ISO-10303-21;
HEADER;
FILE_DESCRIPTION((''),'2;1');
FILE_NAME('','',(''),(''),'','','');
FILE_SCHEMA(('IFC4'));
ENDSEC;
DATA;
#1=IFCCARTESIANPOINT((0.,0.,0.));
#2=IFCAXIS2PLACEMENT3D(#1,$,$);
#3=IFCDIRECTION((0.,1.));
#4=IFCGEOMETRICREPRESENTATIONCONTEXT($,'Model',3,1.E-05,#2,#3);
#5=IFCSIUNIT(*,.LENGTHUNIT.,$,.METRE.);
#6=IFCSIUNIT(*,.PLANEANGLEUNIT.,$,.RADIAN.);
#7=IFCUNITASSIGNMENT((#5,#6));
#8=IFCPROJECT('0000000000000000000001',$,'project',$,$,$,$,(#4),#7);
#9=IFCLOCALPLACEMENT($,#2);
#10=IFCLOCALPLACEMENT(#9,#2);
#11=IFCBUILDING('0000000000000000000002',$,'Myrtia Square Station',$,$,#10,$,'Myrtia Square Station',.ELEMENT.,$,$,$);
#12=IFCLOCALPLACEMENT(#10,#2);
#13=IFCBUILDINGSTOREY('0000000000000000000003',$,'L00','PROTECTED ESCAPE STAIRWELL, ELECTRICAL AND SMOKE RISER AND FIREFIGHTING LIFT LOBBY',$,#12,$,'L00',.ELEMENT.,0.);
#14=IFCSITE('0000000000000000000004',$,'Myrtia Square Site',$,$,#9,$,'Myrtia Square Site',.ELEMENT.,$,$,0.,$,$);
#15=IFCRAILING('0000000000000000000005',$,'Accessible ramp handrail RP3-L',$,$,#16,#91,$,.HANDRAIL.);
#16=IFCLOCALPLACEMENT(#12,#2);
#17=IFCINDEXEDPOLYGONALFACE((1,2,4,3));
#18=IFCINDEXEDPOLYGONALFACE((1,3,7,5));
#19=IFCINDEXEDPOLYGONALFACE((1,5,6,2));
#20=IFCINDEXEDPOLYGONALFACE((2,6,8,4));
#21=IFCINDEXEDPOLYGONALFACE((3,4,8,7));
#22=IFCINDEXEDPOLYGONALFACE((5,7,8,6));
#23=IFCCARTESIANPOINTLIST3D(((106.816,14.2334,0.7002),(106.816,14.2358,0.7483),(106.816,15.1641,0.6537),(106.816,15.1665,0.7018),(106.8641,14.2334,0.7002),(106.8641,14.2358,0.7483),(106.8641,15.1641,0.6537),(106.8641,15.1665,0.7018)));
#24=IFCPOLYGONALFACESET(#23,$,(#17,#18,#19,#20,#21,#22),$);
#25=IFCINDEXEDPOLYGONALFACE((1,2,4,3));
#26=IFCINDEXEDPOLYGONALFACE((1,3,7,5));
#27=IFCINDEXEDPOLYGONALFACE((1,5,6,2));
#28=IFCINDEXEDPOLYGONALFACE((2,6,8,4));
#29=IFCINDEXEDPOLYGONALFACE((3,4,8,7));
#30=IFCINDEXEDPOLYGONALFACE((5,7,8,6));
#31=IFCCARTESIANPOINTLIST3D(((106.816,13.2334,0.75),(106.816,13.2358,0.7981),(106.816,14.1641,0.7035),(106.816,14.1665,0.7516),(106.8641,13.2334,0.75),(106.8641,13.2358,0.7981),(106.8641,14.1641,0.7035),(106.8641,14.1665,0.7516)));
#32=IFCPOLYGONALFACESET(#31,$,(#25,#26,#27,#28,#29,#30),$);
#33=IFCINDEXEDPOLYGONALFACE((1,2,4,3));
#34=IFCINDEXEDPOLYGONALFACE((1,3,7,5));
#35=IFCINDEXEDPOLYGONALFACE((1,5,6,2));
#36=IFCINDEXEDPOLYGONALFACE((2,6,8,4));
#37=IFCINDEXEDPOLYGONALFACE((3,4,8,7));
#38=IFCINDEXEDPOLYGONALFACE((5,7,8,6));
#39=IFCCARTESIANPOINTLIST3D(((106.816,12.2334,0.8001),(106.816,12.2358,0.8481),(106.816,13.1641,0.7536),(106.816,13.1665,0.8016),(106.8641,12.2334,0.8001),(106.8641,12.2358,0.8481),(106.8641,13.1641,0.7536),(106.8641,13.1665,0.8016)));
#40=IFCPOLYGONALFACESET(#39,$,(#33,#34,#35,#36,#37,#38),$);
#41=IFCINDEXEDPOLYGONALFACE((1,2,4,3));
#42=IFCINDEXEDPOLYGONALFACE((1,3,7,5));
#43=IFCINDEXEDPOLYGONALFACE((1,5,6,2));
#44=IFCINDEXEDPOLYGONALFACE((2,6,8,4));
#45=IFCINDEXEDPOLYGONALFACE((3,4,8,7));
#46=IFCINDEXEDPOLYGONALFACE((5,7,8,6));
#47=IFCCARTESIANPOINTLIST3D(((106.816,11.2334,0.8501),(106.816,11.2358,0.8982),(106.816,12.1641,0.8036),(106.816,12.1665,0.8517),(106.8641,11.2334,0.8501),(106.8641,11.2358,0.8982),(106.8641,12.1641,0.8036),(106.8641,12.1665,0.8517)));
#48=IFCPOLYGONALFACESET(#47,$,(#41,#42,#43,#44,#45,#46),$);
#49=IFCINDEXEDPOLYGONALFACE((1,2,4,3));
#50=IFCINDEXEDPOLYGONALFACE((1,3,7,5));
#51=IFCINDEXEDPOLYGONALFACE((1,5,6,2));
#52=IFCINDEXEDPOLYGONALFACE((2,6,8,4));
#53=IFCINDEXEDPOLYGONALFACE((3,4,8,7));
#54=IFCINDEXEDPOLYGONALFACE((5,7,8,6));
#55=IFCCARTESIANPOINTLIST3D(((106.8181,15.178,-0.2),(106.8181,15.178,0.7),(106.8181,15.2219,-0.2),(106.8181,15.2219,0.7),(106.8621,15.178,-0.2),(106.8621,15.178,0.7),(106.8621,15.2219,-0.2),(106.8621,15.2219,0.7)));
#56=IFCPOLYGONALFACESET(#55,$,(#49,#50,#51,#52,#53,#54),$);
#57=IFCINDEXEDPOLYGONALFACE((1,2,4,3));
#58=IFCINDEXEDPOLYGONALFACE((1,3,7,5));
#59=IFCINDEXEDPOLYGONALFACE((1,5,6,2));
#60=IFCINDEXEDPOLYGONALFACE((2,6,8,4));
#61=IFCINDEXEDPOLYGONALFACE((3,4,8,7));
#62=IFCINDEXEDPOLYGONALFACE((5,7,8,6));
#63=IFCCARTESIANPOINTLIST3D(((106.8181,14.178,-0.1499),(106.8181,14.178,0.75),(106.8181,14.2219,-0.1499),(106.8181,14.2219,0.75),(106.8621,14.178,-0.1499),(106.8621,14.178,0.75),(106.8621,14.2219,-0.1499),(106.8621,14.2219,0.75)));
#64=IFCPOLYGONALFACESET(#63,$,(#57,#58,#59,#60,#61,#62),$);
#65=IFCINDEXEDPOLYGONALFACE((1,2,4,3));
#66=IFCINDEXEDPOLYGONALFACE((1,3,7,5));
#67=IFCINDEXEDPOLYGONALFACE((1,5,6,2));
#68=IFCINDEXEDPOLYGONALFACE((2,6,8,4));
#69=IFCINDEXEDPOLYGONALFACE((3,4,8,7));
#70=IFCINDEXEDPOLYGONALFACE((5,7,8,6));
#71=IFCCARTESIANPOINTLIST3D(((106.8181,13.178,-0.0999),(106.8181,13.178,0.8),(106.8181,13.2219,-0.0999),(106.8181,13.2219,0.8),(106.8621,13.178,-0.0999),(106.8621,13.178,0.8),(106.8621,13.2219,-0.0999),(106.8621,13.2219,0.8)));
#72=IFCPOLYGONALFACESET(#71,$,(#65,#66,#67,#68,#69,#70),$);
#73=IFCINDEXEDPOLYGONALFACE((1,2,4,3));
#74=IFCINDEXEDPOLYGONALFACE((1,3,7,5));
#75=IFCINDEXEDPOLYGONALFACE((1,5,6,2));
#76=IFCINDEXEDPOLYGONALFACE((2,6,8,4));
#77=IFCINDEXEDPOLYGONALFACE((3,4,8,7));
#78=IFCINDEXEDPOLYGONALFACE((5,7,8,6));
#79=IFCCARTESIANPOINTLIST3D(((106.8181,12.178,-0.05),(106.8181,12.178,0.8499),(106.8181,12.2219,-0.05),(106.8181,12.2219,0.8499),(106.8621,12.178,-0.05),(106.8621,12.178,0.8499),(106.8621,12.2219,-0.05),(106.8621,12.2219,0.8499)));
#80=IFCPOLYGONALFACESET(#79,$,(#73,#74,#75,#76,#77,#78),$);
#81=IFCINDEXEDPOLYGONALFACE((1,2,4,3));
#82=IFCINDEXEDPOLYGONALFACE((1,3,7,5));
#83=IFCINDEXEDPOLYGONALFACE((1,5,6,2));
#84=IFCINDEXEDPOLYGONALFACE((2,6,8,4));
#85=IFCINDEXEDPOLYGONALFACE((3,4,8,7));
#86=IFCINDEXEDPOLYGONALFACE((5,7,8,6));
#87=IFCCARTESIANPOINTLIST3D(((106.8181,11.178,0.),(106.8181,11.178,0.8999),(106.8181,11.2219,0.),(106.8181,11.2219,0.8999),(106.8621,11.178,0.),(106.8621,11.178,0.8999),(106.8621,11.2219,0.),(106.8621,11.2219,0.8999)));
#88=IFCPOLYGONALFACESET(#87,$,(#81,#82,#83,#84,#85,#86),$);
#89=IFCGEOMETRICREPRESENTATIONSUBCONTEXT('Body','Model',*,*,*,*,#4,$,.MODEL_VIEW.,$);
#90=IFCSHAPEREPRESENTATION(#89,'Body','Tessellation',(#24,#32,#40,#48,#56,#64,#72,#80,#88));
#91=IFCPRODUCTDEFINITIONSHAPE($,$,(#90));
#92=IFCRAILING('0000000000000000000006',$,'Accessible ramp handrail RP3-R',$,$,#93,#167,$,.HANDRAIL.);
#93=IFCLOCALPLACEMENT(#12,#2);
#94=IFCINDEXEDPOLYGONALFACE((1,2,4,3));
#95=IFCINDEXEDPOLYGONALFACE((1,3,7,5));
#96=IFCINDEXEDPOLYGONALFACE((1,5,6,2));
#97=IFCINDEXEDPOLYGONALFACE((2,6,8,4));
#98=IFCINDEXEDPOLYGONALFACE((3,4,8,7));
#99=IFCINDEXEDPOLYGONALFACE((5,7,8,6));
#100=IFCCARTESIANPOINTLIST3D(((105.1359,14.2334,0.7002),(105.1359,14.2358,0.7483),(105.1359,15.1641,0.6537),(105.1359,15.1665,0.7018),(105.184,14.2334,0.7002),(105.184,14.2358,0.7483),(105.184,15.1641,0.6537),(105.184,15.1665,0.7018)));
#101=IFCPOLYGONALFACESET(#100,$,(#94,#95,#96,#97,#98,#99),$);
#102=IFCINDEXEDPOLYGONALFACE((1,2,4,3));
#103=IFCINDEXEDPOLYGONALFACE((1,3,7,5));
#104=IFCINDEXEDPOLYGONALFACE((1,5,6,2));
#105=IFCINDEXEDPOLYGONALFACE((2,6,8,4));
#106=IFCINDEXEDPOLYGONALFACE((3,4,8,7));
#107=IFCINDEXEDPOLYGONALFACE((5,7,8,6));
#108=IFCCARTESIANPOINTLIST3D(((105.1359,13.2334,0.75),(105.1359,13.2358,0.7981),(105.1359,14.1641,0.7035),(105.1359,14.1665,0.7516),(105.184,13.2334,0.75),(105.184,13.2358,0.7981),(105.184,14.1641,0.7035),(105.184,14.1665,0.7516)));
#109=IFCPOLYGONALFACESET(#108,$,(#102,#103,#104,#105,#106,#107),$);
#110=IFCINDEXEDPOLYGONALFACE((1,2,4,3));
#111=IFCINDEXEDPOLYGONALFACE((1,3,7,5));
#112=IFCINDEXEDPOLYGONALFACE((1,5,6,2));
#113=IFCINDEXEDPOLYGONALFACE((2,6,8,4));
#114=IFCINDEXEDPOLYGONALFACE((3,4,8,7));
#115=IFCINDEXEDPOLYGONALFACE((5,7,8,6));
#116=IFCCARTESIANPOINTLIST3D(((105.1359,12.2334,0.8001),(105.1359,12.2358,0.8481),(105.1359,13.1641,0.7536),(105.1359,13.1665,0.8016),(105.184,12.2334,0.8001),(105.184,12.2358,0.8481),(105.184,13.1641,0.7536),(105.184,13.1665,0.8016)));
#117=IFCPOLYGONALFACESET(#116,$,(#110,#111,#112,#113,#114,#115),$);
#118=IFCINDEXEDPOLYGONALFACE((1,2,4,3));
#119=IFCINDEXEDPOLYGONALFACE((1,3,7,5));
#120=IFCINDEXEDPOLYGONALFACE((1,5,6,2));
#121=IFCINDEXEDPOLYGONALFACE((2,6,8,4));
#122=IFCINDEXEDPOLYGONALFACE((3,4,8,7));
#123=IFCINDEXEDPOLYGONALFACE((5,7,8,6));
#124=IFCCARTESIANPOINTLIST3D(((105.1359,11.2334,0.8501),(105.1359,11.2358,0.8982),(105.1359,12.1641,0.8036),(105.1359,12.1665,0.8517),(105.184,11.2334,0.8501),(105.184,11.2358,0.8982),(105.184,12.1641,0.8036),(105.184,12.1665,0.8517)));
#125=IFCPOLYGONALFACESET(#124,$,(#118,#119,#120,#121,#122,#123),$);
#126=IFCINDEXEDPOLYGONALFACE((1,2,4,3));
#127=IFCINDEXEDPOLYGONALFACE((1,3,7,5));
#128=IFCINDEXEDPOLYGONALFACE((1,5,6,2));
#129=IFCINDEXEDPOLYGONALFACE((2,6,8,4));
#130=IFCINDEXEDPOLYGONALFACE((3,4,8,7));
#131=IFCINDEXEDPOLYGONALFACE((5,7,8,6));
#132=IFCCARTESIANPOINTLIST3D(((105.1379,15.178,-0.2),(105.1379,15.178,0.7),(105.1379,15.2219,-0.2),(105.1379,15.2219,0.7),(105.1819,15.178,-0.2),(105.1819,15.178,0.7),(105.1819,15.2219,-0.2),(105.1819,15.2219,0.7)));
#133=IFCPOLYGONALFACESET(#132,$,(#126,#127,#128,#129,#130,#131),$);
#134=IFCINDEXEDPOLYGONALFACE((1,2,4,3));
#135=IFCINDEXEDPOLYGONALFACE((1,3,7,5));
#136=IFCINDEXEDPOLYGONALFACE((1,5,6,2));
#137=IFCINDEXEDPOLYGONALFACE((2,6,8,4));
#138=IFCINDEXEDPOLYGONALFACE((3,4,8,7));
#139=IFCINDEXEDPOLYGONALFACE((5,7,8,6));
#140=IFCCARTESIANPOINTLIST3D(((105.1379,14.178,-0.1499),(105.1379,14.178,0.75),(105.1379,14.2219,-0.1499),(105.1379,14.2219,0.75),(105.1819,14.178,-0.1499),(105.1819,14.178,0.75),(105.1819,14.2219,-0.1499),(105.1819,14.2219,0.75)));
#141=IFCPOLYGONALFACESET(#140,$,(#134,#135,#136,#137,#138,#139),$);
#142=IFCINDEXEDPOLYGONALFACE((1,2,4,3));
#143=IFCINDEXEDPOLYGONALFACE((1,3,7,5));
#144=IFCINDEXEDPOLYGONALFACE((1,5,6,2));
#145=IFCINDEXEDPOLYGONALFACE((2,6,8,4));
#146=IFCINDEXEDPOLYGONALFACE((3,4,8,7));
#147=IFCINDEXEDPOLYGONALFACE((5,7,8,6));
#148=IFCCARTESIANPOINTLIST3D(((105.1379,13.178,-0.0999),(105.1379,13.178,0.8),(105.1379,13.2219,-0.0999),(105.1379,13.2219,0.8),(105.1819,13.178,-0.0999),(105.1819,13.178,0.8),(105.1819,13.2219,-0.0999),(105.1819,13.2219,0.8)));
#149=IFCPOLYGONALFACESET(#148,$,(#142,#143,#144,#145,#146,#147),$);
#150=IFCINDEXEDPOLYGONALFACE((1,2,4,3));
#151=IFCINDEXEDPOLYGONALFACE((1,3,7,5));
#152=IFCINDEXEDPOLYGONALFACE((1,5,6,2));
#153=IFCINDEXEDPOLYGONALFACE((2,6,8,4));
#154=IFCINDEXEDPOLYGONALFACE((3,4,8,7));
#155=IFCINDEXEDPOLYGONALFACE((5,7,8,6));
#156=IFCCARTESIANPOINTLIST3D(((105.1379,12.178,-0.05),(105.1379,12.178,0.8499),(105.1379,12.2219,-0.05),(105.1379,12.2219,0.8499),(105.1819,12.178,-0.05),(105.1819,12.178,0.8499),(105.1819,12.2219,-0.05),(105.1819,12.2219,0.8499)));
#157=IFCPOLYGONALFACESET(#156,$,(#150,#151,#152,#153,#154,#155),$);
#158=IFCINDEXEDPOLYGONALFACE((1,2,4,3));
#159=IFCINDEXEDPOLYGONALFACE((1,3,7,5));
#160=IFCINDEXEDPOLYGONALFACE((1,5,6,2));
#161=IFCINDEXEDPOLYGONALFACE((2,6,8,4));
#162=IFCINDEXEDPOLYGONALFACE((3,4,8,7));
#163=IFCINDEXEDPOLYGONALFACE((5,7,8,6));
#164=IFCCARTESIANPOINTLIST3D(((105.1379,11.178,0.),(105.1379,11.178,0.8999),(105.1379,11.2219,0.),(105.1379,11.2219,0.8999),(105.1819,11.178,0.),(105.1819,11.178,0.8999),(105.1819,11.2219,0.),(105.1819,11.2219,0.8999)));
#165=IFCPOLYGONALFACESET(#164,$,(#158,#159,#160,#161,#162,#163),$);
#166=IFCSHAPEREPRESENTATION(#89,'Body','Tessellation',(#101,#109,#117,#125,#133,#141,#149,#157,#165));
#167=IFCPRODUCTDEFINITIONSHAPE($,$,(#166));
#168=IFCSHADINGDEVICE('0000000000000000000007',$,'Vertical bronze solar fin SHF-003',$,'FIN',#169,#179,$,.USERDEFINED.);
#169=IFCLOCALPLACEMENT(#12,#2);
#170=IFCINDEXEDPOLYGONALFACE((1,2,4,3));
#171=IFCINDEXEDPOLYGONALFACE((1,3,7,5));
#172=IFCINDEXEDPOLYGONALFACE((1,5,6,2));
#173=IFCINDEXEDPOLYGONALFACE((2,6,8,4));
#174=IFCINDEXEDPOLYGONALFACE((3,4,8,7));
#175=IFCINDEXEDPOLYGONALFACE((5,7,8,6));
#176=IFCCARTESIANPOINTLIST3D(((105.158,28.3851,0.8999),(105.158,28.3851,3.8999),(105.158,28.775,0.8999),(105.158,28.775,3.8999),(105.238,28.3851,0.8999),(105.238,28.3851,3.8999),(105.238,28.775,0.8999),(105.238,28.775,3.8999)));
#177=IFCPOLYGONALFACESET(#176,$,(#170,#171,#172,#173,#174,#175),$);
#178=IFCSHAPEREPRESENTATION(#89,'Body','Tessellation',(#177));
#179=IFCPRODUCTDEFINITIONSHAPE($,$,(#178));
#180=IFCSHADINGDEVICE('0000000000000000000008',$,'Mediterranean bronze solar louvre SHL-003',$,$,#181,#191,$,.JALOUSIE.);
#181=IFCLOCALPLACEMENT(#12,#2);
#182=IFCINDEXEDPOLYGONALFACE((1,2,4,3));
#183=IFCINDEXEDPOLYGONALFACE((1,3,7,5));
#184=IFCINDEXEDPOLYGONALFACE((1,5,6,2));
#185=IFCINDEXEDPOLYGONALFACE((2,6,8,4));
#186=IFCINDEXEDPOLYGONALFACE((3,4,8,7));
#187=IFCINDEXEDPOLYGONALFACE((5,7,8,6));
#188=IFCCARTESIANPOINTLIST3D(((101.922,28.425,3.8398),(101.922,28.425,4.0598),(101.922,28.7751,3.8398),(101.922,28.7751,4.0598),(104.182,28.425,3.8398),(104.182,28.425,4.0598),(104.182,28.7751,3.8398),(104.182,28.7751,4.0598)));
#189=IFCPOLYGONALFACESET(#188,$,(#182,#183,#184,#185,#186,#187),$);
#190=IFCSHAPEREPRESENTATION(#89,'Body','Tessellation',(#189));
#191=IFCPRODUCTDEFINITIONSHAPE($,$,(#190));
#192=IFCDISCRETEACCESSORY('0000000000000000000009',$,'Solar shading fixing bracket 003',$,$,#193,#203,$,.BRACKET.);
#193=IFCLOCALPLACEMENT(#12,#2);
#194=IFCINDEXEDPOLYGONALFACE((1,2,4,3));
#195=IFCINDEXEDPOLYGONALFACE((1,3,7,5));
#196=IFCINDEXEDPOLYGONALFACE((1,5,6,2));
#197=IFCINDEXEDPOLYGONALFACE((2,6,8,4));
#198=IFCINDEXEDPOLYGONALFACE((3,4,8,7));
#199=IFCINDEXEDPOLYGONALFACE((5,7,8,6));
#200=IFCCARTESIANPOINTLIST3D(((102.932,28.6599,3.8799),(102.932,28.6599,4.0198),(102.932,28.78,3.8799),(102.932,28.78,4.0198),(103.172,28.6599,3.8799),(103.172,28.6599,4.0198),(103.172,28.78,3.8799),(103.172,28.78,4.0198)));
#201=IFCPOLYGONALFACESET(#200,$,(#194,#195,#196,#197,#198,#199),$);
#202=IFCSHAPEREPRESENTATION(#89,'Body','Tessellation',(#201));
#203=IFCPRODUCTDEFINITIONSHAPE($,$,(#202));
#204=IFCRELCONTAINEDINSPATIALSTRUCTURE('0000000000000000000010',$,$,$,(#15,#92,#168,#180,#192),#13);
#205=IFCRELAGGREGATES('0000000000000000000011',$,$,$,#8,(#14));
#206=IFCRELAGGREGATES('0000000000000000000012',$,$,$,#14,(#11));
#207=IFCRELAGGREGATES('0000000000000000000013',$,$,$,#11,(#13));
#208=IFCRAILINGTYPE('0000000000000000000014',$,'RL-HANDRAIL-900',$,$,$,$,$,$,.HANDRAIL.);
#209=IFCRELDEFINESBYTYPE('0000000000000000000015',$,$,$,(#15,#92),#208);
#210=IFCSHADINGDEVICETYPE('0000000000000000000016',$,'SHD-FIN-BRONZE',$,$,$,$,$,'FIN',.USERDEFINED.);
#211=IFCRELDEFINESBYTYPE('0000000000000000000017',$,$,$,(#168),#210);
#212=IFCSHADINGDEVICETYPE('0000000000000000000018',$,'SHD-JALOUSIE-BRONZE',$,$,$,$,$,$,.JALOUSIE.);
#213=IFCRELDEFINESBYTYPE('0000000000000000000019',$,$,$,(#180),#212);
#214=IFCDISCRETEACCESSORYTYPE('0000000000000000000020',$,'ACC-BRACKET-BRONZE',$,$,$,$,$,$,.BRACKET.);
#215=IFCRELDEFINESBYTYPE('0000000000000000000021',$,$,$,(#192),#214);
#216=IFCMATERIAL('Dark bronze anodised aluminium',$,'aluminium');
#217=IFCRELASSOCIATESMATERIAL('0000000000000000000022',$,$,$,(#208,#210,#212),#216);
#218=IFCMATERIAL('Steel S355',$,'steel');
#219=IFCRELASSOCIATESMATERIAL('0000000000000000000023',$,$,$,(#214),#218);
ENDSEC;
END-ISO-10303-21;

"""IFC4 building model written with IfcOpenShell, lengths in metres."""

from ifc_helpers import new_model, si_unit, direction, frame, origin, origin_2d, place, context, subcontext, project, spatial, rectangle, extrude, material, type_object, element, save


model = new_model("IFC4")

# Units and contexts
model_context = context("Model", 3, precision=1e-05, world=origin(), true_north=direction((0.0, 1.0)))
body_context = subcontext(model_context, "Body", "Model", "MODEL_VIEW")
ifc_project = project(units=[si_unit("LENGTHUNIT", "METRE"), si_unit("PLANEANGLEUNIT", "RADIAN")], contexts=[model_context])

# Site, building, storey
site_placement = place(None, origin())
site = spatial("IfcSite", under=ifc_project, at=site_placement, Name="Myrtia Square Site", LongName="Myrtia Square Site", CompositionType="ELEMENT", RefElevation=0.0)
building_placement = place(site_placement, origin())
building = spatial("IfcBuilding", under=site, at=building_placement, Name="Myrtia Square Station", LongName="Myrtia Square Station", CompositionType="ELEMENT")
storey_placement = place(building_placement, origin())
storey = spatial("IfcBuildingStorey", under=building, at=storey_placement, Name="L00", Description="PROTECTED ESCAPE STAIRWELL, ELECTRICAL AND SMOKE RISER AND FIREFIGHTING LIFT LOBBY", LongName="L00", CompositionType="ELEMENT", Elevation=0.0)

# Shared definitions
ifc_material_1 = material(Name="Steel S355", Category="steel")

# Shared definitions
ifc_material_2 = material(Name="Dark bronze anodised aluminium", Category="aluminium")

# Railings
railing_type = type_object("IfcRailingType", Name="RL-HANDRAIL-900", PredefinedType="HANDRAIL", material=ifc_material_2)
for number, where, name in (
    (1, (106.8401, 15.2, -0.2), "Accessible ramp handrail RP3-L"),
    (2, (105.1599, 15.2, -0.2), "Accessible ramp handrail RP3-R"),
):
    element("IfcRailing", number, at=place(storey_placement, frame(where)), inside=storey, type_object=railing_type, Name=name, PredefinedType="HANDRAIL", context=body_context, shape_type="SweptSolid", body=[
        extrude(rectangle(XDim=0.0481, YDim=0.0481, at=origin_2d()), frame((0.0, -0.0347, 0.8777), z_axis=(0.0, -0.998753, 0.049925), x_axis=(1.0, 0.0, 0.0)), (0.0, 0.0, 1.0), 0.9319),
        extrude(rectangle(XDim=0.0481, YDim=0.0481, at=origin_2d()), frame((0.0, -1.0347, 0.9275), z_axis=(0.0, -0.998753, 0.049925), x_axis=(1.0, 0.0, 0.0)), (0.0, 0.0, 1.0), 0.9319),
        extrude(rectangle(XDim=0.0481, YDim=0.0481, at=origin_2d()), frame((0.0, -2.0347, 0.9775), z_axis=(0.0, -0.998753, 0.049925), x_axis=(1.0, 0.0, 0.0)), (0.0, 0.0, 1.0), 0.9319),
        extrude(rectangle(XDim=0.0481, YDim=0.0481, at=origin_2d()), frame((0.0, -3.0347, 1.0276), z_axis=(0.0, -0.998753, 0.049925), x_axis=(1.0, 0.0, 0.0)), (0.0, 0.0, 1.0), 0.9319),
        extrude(rectangle(XDim=0.0439, YDim=0.0439, at=origin_2d()), origin(), (0.0, 0.0, 1.0), 0.8999),
        extrude(rectangle(XDim=0.0439, YDim=0.0439, at=origin_2d()), frame((0.0, -1.0, 0.05)), (0.0, 0.0, 1.0), 0.8999),
        extrude(rectangle(XDim=0.0439, YDim=0.0439, at=origin_2d()), frame((0.0, -2.0, 0.1001)), (0.0, 0.0, 1.0), 0.8999),
        extrude(rectangle(XDim=0.0439, YDim=0.0439, at=origin_2d()), frame((0.0, -3.0, 0.1499)), (0.0, 0.0, 1.0), 0.8999),
        extrude(rectangle(XDim=0.0439, YDim=0.0439, at=origin_2d()), frame((0.0, -4.0, 0.2)), (0.0, 0.0, 1.0), 0.8999),
    ])

# Shading devices
shading_device_type_1 = type_object("IfcShadingDeviceType", Name="SHD-FIN-BRONZE", ElementType="FIN", PredefinedType="USERDEFINED", material=ifc_material_2)
shading_device_1_placement = place(storey_placement, frame((105.198, 28.5801, 0.8999), z_axis=(0.0, 0.0, 1.0), x_axis=(1.0, 0.0, 0.0)))
element("IfcShadingDevice", 3, at=shading_device_1_placement, inside=storey, type_object=shading_device_type_1, Name="Vertical bronze solar fin SHF-003", ObjectType="FIN", PredefinedType="USERDEFINED", context=body_context, shape_type="SweptSolid", body=[
    extrude(rectangle(XDim=0.0801, YDim=0.3899, at=origin_2d()), origin(), (0.0, 0.0, 1.0), 3.0),
])
shading_device_type_2 = type_object("IfcShadingDeviceType", Name="SHD-JALOUSIE-BRONZE", PredefinedType="JALOUSIE", material=ifc_material_2)
shading_device_2_placement = place(storey_placement, frame((103.052, 28.6001, 3.8398), z_axis=(0.0, 0.0, 1.0), x_axis=(1.0, 0.0, 0.0)))
element("IfcShadingDevice", 4, at=shading_device_2_placement, inside=storey, type_object=shading_device_type_2, Name="Mediterranean bronze solar louvre SHL-003", PredefinedType="JALOUSIE", context=body_context, shape_type="SweptSolid", body=[
    extrude(rectangle(XDim=2.26, YDim=0.3501, at=origin_2d()), origin(), (0.0, 0.0, 1.0), 0.22),
])

# Discrete accessory
discrete_accessory_type = type_object("IfcDiscreteAccessoryType", Name="ACC-BRACKET-BRONZE", PredefinedType="BRACKET", material=ifc_material_1)
discrete_accessory_placement = place(storey_placement, frame((103.052, 28.72, 3.8799), z_axis=(0.0, 0.0, 1.0), x_axis=(1.0, 0.0, 0.0)))
element("IfcDiscreteAccessory", 5, at=discrete_accessory_placement, inside=storey, type_object=discrete_accessory_type, Name="Solar shading fixing bracket 003", PredefinedType="BRACKET", context=body_context, shape_type="SweptSolid", body=[
    extrude(rectangle(XDim=0.24, YDim=0.1201, at=origin_2d()), origin(), (0.0, 0.0, 1.0), 0.1399),
])

save(model, "model.ifc")
